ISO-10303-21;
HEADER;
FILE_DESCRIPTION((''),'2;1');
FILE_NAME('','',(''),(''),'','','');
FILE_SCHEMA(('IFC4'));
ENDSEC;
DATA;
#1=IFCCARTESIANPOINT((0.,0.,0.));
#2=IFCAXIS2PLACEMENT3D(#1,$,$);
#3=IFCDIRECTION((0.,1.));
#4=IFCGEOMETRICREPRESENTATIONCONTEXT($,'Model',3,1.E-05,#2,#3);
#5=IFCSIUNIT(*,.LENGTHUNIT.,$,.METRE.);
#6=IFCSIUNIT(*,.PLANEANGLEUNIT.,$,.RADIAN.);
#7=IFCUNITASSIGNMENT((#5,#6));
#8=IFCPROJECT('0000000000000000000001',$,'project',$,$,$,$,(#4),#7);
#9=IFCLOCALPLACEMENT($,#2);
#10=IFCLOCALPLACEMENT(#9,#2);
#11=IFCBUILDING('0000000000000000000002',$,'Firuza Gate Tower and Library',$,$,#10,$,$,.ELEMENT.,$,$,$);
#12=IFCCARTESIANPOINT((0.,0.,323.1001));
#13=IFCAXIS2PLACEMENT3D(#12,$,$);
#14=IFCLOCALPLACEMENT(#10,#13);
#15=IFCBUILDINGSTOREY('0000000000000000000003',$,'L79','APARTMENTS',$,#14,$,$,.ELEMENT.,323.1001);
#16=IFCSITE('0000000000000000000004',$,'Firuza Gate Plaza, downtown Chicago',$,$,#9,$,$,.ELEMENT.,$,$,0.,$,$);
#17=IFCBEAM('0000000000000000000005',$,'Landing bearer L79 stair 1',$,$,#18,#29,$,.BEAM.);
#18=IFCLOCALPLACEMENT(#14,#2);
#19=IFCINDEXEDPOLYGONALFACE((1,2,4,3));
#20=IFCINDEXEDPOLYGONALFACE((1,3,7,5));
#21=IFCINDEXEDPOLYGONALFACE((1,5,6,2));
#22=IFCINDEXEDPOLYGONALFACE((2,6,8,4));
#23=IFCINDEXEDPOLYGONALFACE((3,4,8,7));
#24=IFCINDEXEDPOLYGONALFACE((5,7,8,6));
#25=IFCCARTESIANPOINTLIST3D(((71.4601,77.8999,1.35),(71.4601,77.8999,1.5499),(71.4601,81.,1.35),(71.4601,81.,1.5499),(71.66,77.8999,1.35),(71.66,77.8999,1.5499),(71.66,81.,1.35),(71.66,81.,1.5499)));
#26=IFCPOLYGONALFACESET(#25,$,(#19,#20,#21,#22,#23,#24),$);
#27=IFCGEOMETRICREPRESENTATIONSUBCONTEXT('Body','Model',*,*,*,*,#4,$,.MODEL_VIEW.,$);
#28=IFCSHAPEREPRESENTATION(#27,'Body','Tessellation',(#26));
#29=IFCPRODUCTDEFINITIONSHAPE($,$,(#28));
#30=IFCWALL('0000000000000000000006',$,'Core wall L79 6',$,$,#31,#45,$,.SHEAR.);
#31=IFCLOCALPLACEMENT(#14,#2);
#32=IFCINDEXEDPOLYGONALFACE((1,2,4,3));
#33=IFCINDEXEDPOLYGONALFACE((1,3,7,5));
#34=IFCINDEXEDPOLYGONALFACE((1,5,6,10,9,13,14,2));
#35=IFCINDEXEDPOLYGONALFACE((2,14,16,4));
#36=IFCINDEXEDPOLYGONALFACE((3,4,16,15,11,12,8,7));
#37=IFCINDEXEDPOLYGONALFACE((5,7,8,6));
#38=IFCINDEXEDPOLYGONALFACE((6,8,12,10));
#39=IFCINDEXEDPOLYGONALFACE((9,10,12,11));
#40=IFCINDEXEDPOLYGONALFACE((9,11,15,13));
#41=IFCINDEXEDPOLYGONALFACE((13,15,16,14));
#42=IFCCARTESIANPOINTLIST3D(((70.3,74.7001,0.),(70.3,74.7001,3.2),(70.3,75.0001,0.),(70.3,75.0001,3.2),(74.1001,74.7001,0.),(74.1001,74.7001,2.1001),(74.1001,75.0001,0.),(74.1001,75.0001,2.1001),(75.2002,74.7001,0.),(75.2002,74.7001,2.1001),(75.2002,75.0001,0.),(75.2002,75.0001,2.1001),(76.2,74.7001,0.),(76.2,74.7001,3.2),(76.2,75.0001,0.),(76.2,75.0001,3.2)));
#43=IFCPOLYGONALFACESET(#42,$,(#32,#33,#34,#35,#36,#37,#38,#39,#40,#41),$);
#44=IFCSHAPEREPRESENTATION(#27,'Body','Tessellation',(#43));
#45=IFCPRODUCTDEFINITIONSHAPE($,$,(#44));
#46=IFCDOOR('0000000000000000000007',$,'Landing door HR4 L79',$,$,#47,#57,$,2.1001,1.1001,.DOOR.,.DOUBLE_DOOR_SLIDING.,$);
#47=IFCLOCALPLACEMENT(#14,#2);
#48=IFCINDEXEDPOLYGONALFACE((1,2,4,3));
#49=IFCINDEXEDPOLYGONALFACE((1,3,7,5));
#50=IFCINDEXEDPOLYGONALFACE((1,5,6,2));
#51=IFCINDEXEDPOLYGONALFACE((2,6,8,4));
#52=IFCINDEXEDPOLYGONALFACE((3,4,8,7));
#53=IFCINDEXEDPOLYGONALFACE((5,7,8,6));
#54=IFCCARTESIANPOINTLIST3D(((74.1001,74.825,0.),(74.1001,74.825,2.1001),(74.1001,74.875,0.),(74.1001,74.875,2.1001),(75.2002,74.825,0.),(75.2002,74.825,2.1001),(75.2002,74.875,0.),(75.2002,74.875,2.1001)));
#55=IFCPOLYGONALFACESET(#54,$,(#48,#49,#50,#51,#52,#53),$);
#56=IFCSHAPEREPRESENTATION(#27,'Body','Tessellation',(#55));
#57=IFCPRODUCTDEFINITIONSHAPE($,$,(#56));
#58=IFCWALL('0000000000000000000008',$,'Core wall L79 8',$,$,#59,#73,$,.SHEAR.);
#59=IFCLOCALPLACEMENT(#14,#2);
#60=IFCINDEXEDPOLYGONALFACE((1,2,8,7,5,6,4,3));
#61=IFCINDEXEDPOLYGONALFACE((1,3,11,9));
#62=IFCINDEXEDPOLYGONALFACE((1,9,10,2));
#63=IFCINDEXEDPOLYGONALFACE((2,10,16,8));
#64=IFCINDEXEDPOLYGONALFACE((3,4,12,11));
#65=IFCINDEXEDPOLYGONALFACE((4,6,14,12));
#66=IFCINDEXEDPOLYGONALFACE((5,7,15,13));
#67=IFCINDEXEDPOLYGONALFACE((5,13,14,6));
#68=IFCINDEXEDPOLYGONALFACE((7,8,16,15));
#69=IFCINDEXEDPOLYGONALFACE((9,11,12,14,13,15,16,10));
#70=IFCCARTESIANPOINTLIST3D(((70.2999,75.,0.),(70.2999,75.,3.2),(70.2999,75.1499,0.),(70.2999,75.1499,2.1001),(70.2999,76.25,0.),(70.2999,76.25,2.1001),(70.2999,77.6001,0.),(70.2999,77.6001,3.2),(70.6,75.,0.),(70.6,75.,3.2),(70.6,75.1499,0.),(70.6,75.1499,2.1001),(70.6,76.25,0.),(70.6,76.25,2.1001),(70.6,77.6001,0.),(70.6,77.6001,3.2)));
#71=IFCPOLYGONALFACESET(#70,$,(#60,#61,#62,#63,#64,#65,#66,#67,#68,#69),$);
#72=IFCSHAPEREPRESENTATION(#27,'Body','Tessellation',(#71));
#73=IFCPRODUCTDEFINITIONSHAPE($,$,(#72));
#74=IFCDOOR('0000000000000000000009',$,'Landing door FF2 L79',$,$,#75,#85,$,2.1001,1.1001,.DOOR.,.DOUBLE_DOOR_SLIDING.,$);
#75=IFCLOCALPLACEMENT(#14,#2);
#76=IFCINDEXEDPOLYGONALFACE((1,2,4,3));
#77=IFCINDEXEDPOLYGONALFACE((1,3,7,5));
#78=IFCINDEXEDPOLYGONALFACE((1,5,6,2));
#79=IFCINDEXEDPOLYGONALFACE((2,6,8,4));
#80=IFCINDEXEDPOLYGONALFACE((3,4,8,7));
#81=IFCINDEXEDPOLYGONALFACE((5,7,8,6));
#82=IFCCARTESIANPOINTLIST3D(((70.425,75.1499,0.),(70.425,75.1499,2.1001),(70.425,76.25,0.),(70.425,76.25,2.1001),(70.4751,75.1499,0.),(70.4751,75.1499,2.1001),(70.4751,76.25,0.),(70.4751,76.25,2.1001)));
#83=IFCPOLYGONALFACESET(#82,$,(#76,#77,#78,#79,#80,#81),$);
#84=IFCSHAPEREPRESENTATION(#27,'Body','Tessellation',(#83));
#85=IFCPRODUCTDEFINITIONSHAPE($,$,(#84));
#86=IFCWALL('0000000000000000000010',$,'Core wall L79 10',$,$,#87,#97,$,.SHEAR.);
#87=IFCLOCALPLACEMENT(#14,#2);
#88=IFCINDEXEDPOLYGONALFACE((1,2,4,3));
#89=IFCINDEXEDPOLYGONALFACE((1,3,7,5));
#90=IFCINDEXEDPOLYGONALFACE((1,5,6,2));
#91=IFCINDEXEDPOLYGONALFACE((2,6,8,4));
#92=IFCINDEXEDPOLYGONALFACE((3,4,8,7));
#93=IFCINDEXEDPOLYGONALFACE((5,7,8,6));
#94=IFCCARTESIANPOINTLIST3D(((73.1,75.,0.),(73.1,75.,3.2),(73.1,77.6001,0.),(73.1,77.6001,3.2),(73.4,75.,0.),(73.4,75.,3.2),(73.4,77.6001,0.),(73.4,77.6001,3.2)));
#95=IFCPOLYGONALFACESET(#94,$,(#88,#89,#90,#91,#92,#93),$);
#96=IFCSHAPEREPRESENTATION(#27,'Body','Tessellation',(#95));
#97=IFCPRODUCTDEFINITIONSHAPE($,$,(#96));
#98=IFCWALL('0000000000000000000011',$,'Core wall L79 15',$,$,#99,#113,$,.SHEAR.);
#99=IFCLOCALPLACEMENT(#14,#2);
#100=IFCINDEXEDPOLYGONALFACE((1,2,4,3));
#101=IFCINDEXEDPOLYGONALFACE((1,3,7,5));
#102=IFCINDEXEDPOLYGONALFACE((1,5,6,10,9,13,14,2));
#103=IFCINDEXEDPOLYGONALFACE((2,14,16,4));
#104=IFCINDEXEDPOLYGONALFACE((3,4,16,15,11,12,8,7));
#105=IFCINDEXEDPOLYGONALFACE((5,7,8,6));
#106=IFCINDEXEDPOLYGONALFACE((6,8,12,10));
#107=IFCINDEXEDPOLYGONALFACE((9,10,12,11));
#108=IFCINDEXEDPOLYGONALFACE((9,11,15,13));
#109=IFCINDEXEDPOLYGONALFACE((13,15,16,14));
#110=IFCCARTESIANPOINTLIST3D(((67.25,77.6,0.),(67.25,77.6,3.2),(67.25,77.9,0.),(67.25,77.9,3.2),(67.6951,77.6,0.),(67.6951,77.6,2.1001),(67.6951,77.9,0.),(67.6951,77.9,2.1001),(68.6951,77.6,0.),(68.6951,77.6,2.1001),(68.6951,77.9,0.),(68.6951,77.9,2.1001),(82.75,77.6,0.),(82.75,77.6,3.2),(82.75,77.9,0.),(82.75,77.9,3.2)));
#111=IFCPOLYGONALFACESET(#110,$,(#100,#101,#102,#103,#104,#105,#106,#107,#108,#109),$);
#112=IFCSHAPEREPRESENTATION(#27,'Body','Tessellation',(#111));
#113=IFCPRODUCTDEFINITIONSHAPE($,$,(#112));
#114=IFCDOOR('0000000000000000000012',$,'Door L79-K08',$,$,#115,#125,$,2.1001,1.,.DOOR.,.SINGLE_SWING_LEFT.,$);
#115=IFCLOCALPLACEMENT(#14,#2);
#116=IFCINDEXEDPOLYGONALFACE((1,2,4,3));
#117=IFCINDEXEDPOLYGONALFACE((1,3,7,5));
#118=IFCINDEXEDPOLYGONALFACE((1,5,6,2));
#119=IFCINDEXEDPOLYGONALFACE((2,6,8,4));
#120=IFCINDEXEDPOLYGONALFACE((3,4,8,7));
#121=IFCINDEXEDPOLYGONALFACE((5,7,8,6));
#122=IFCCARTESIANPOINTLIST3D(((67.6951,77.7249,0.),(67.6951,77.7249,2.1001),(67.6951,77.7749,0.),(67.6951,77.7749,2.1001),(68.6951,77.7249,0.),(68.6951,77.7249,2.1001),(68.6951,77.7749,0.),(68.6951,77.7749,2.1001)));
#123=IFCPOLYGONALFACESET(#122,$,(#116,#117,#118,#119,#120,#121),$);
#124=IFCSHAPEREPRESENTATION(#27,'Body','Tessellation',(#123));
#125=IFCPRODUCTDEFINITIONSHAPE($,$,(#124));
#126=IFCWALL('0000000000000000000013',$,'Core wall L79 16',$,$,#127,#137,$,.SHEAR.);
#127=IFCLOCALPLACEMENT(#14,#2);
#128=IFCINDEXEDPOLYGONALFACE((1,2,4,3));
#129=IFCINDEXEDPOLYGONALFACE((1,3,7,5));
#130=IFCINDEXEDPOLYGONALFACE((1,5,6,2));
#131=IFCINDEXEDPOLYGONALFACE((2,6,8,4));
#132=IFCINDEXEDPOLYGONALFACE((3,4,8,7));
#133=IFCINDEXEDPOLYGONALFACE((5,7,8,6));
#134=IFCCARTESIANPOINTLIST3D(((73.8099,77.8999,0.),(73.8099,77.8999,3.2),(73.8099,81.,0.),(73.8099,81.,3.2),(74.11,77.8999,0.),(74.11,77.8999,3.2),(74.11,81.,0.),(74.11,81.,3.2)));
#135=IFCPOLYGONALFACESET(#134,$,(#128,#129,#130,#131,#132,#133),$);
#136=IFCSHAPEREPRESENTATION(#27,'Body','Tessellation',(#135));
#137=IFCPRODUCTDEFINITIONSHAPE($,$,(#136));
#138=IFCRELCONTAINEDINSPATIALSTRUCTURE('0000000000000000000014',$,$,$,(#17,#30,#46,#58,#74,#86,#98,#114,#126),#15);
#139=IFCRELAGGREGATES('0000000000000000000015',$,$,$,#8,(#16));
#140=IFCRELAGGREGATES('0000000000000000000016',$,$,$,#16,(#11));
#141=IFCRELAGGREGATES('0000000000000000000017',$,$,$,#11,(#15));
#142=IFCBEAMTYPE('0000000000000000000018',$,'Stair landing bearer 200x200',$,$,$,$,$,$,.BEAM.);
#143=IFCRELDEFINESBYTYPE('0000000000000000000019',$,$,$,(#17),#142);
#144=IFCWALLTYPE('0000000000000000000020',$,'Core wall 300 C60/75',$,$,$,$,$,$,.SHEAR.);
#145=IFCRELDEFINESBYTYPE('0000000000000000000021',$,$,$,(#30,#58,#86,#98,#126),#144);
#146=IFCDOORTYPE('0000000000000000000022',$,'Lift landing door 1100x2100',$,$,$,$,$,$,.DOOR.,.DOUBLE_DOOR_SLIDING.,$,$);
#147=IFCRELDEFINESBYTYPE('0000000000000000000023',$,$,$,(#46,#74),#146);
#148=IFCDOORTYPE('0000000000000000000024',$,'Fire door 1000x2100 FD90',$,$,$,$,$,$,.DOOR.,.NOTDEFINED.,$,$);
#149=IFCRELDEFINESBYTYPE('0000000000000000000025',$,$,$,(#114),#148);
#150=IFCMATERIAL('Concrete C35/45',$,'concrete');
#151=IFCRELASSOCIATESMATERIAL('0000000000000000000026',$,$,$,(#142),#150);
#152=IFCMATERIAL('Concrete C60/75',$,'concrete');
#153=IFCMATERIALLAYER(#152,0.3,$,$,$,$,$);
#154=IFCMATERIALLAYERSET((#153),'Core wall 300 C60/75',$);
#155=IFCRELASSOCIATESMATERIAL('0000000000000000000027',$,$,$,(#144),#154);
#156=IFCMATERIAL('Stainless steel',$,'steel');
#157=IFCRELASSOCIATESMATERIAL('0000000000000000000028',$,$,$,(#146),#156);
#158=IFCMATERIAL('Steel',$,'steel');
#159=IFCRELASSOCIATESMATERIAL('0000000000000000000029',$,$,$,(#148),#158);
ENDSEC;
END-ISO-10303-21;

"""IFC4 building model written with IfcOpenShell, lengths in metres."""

from ifc_helpers import new_model, si_unit, direction, frame, frame_2d, origin, origin_2d, place, context, subcontext, project, spatial, rectangle, extrude, material, layer, layer_set, material_profile, profile_set, type_object, element, fill, save


model = new_model("IFC4")

# Units and contexts
model_context = context("Model", 3, precision=1e-05, world=origin(), true_north=direction((0.0, 1.0)))
body_context = subcontext(model_context, "Body", "Model", "MODEL_VIEW")
ifc_project = project(units=[si_unit("LENGTHUNIT", "METRE"), si_unit("PLANEANGLEUNIT", "RADIAN")], contexts=[model_context])

# Site, building, storey
site_placement = place(None, origin())
site = spatial("IfcSite", under=ifc_project, at=site_placement, Name="Firuza Gate Plaza, downtown Chicago", CompositionType="ELEMENT", RefElevation=0.0)
building_placement = place(site_placement, origin())
building = spatial("IfcBuilding", under=site, at=building_placement, Name="Firuza Gate Tower and Library", CompositionType="ELEMENT")
storey_placement = place(building_placement, frame((0.0, 0.0, 323.1001)))
storey = spatial("IfcBuildingStorey", under=building, at=storey_placement, Name="L79", Description="APARTMENTS", CompositionType="ELEMENT", Elevation=323.1001)

# Beam
ifc_material_1 = material(Name="Concrete C35/45", Category="concrete")
ifc_material_profile = material_profile(ifc_material_1, rectangle(XDim=0.2, YDim=0.2, at=origin_2d()))
ifc_profile_set = profile_set([ifc_material_profile], Name="Concrete C35/45")
beam_type = type_object("IfcBeamType", Name="Stair landing bearer 200x200", PredefinedType="BEAM", material=ifc_profile_set)
beam_placement = place(storey_placement, frame((71.5601, 77.8999, 1.45), z_axis=(0.0, 1.0, 0.0), x_axis=(-1.0, 0.0, 0.0)))
element("IfcBeam", 1, at=beam_placement, inside=storey, type_object=beam_type, Name="Landing bearer L79 stair 1", PredefinedType="BEAM", context=body_context, shape_type="SweptSolid", body=[
    extrude(rectangle(XDim=0.2, YDim=0.2, at=origin_2d()), origin(), (0.0, 0.0, 1.0), 3.1001),
])

# Walls, openings, doors
ifc_material_2 = material(Name="Concrete C60/75", Category="concrete")
ifc_layer_1 = layer(ifc_material_2, 0.3)
ifc_layer_set_1 = layer_set([ifc_layer_1], Name="Core wall 300 C60/75")
wall_type_1 = type_object("IfcWallType", Name="Core wall 300 C60/75", PredefinedType="SHEAR", material=ifc_layer_set_1)
wall_1_placement = place(storey_placement, frame((70.3, 74.8501, 0.0), z_axis=(0.0, 0.0, 1.0), x_axis=(1.0, 0.0, 0.0)))
wall_1 = element("IfcWall", 2, at=wall_1_placement, inside=storey, type_object=wall_type_1, Name="Core wall L79 6", PredefinedType="SHEAR", context=body_context, shape_type="SweptSolid", body=[
    extrude(rectangle(XDim=5.8999, YDim=0.3, at=frame_2d((2.95, 0.0))), origin(), (0.0, 0.0, 1.0), 3.2),
])
opening_1_placement = place(wall_1_placement, frame((3.8, 0.0, 0.0)))
opening_1 = element("IfcOpeningElement", 3, at=opening_1_placement, cuts=wall_1, PredefinedType="OPENING", context=body_context, shape_type="SweptSolid", body=[
    extrude(rectangle(XDim=1.1001, YDim=2.1001, at=frame_2d((0.55, 1.05))), frame((0.0, 0.1602, 0.0), z_axis=(0.0, -1.0, 0.0), x_axis=(1.0, 0.0, 0.0)), (0.0, 0.0, 1.0), 0.3201),
])
ifc_material_3 = material(Name="Stainless steel", Category="steel")
door_type_1 = type_object("IfcDoorType", Name="Lift landing door 1100x2100", OperationType="DOUBLE_DOOR_SLIDING", PredefinedType="DOOR", material=ifc_material_3)
door_1_placement = place(opening_1_placement, origin())
door_1 = element("IfcDoor", 4, at=door_1_placement, inside=storey, type_object=door_type_1, Name="Landing door HR4 L79", OperationType="DOUBLE_DOOR_SLIDING", OverallHeight=2.1001, OverallWidth=1.1001, PredefinedType="DOOR", context=body_context, shape_type="SweptSolid", body=[
    extrude(rectangle(XDim=1.1001, YDim=2.1001, at=frame_2d((0.55, 1.05))), frame((0.0, 0.0249, 0.0), z_axis=(0.0, -1.0, 0.0), x_axis=(1.0, 0.0, 0.0)), (0.0, 0.0, 1.0), 0.05),
])
fill(opening_1, door_1)
wall_2_placement = place(storey_placement, frame((70.45, 75.0, 0.0), z_axis=(0.0, 0.0, 1.0), x_axis=(0.0, 1.0, 0.0)))
wall_2 = element("IfcWall", 5, at=wall_2_placement, inside=storey, type_object=wall_type_1, Name="Core wall L79 8", PredefinedType="SHEAR", context=body_context, shape_type="SweptSolid", body=[
    extrude(rectangle(XDim=2.6001, YDim=0.3, at=frame_2d((1.3, 0.0))), origin(), (0.0, 0.0, 1.0), 3.2),
])
opening_2_placement = place(wall_2_placement, frame((0.1499, 0.0, 0.0)))
opening_2 = element("IfcOpeningElement", 6, at=opening_2_placement, cuts=wall_2, PredefinedType="OPENING", context=body_context, shape_type="SweptSolid", body=[
    extrude(rectangle(XDim=1.1001, YDim=2.1001, at=frame_2d((0.55, 1.05))), frame((0.0, 0.1602, 0.0), z_axis=(0.0, -1.0, 0.0), x_axis=(1.0, 0.0, 0.0)), (0.0, 0.0, 1.0), 0.3201),
])
door_2_placement = place(opening_2_placement, origin())
door_2 = element("IfcDoor", 7, at=door_2_placement, inside=storey, type_object=door_type_1, Name="Landing door FF2 L79", OperationType="DOUBLE_DOOR_SLIDING", OverallHeight=2.1001, OverallWidth=1.1001, PredefinedType="DOOR", context=body_context, shape_type="SweptSolid", body=[
    extrude(rectangle(XDim=1.1001, YDim=2.1001, at=frame_2d((0.55, 1.05))), frame((0.0, 0.0249, 0.0), z_axis=(0.0, -1.0, 0.0), x_axis=(1.0, 0.0, 0.0)), (0.0, 0.0, 1.0), 0.05),
])
fill(opening_2, door_2)

# Wall
wall_3_placement = place(storey_placement, frame((73.25, 75.0, 0.0), z_axis=(0.0, 0.0, 1.0), x_axis=(0.0, 1.0, 0.0)))
element("IfcWall", 8, at=wall_3_placement, inside=storey, type_object=wall_type_1, Name="Core wall L79 10", PredefinedType="SHEAR", context=body_context, shape_type="SweptSolid", body=[
    extrude(rectangle(XDim=2.6001, YDim=0.3, at=frame_2d((1.3, 0.0))), origin(), (0.0, 0.0, 1.0), 3.2),
])

# Wall, opening, door
wall_4_placement = place(storey_placement, frame((67.25, 77.75, 0.0), z_axis=(0.0, 0.0, 1.0), x_axis=(1.0, 0.0, 0.0)))
wall_4 = element("IfcWall", 9, at=wall_4_placement, inside=storey, type_object=wall_type_1, Name="Core wall L79 15", PredefinedType="SHEAR", context=body_context, shape_type="SweptSolid", body=[
    extrude(rectangle(XDim=15.5, YDim=0.3, at=frame_2d((7.75, 0.0))), origin(), (0.0, 0.0, 1.0), 3.2),
])
opening_3_placement = place(wall_4_placement, frame((0.4451, 0.0, 0.0)))
opening_3 = element("IfcOpeningElement", 10, at=opening_3_placement, cuts=wall_4, PredefinedType="OPENING", context=body_context, shape_type="SweptSolid", body=[
    extrude(rectangle(XDim=1.0, YDim=2.1001, at=frame_2d((0.5, 1.05))), frame((0.0, 0.1602, 0.0), z_axis=(0.0, -1.0, 0.0), x_axis=(1.0, 0.0, 0.0)), (0.0, 0.0, 1.0), 0.3201),
])
ifc_material_4 = material(Name="Steel", Category="steel")
door_type_2 = type_object("IfcDoorType", Name="Fire door 1000x2100 FD90", OperationType="NOTDEFINED", PredefinedType="DOOR", material=ifc_material_4)
door_3_placement = place(opening_3_placement, origin())
door_3 = element("IfcDoor", 11, at=door_3_placement, inside=storey, type_object=door_type_2, Name="Door L79-K08", OperationType="SINGLE_SWING_LEFT", OverallHeight=2.1001, OverallWidth=1.0, PredefinedType="DOOR", context=body_context, shape_type="SweptSolid", body=[
    extrude(rectangle(XDim=1.0, YDim=2.1001, at=frame_2d((0.5, 1.05))), frame((0.0, 0.0249, 0.0), z_axis=(0.0, -1.0, 0.0), x_axis=(1.0, 0.0, 0.0)), (0.0, 0.0, 1.0), 0.05),
])
fill(opening_3, door_3)

# Wall
wall_5_placement = place(storey_placement, frame((73.96, 77.8999, 0.0), z_axis=(0.0, 0.0, 1.0), x_axis=(0.0, 1.0, 0.0)))
element("IfcWall", 12, at=wall_5_placement, inside=storey, type_object=wall_type_1, Name="Core wall L79 16", PredefinedType="SHEAR", context=body_context, shape_type="SweptSolid", body=[
    extrude(rectangle(XDim=3.1001, YDim=0.3, at=frame_2d((1.55, 0.0))), origin(), (0.0, 0.0, 1.0), 3.2),
])

save(model, "model.ifc")
